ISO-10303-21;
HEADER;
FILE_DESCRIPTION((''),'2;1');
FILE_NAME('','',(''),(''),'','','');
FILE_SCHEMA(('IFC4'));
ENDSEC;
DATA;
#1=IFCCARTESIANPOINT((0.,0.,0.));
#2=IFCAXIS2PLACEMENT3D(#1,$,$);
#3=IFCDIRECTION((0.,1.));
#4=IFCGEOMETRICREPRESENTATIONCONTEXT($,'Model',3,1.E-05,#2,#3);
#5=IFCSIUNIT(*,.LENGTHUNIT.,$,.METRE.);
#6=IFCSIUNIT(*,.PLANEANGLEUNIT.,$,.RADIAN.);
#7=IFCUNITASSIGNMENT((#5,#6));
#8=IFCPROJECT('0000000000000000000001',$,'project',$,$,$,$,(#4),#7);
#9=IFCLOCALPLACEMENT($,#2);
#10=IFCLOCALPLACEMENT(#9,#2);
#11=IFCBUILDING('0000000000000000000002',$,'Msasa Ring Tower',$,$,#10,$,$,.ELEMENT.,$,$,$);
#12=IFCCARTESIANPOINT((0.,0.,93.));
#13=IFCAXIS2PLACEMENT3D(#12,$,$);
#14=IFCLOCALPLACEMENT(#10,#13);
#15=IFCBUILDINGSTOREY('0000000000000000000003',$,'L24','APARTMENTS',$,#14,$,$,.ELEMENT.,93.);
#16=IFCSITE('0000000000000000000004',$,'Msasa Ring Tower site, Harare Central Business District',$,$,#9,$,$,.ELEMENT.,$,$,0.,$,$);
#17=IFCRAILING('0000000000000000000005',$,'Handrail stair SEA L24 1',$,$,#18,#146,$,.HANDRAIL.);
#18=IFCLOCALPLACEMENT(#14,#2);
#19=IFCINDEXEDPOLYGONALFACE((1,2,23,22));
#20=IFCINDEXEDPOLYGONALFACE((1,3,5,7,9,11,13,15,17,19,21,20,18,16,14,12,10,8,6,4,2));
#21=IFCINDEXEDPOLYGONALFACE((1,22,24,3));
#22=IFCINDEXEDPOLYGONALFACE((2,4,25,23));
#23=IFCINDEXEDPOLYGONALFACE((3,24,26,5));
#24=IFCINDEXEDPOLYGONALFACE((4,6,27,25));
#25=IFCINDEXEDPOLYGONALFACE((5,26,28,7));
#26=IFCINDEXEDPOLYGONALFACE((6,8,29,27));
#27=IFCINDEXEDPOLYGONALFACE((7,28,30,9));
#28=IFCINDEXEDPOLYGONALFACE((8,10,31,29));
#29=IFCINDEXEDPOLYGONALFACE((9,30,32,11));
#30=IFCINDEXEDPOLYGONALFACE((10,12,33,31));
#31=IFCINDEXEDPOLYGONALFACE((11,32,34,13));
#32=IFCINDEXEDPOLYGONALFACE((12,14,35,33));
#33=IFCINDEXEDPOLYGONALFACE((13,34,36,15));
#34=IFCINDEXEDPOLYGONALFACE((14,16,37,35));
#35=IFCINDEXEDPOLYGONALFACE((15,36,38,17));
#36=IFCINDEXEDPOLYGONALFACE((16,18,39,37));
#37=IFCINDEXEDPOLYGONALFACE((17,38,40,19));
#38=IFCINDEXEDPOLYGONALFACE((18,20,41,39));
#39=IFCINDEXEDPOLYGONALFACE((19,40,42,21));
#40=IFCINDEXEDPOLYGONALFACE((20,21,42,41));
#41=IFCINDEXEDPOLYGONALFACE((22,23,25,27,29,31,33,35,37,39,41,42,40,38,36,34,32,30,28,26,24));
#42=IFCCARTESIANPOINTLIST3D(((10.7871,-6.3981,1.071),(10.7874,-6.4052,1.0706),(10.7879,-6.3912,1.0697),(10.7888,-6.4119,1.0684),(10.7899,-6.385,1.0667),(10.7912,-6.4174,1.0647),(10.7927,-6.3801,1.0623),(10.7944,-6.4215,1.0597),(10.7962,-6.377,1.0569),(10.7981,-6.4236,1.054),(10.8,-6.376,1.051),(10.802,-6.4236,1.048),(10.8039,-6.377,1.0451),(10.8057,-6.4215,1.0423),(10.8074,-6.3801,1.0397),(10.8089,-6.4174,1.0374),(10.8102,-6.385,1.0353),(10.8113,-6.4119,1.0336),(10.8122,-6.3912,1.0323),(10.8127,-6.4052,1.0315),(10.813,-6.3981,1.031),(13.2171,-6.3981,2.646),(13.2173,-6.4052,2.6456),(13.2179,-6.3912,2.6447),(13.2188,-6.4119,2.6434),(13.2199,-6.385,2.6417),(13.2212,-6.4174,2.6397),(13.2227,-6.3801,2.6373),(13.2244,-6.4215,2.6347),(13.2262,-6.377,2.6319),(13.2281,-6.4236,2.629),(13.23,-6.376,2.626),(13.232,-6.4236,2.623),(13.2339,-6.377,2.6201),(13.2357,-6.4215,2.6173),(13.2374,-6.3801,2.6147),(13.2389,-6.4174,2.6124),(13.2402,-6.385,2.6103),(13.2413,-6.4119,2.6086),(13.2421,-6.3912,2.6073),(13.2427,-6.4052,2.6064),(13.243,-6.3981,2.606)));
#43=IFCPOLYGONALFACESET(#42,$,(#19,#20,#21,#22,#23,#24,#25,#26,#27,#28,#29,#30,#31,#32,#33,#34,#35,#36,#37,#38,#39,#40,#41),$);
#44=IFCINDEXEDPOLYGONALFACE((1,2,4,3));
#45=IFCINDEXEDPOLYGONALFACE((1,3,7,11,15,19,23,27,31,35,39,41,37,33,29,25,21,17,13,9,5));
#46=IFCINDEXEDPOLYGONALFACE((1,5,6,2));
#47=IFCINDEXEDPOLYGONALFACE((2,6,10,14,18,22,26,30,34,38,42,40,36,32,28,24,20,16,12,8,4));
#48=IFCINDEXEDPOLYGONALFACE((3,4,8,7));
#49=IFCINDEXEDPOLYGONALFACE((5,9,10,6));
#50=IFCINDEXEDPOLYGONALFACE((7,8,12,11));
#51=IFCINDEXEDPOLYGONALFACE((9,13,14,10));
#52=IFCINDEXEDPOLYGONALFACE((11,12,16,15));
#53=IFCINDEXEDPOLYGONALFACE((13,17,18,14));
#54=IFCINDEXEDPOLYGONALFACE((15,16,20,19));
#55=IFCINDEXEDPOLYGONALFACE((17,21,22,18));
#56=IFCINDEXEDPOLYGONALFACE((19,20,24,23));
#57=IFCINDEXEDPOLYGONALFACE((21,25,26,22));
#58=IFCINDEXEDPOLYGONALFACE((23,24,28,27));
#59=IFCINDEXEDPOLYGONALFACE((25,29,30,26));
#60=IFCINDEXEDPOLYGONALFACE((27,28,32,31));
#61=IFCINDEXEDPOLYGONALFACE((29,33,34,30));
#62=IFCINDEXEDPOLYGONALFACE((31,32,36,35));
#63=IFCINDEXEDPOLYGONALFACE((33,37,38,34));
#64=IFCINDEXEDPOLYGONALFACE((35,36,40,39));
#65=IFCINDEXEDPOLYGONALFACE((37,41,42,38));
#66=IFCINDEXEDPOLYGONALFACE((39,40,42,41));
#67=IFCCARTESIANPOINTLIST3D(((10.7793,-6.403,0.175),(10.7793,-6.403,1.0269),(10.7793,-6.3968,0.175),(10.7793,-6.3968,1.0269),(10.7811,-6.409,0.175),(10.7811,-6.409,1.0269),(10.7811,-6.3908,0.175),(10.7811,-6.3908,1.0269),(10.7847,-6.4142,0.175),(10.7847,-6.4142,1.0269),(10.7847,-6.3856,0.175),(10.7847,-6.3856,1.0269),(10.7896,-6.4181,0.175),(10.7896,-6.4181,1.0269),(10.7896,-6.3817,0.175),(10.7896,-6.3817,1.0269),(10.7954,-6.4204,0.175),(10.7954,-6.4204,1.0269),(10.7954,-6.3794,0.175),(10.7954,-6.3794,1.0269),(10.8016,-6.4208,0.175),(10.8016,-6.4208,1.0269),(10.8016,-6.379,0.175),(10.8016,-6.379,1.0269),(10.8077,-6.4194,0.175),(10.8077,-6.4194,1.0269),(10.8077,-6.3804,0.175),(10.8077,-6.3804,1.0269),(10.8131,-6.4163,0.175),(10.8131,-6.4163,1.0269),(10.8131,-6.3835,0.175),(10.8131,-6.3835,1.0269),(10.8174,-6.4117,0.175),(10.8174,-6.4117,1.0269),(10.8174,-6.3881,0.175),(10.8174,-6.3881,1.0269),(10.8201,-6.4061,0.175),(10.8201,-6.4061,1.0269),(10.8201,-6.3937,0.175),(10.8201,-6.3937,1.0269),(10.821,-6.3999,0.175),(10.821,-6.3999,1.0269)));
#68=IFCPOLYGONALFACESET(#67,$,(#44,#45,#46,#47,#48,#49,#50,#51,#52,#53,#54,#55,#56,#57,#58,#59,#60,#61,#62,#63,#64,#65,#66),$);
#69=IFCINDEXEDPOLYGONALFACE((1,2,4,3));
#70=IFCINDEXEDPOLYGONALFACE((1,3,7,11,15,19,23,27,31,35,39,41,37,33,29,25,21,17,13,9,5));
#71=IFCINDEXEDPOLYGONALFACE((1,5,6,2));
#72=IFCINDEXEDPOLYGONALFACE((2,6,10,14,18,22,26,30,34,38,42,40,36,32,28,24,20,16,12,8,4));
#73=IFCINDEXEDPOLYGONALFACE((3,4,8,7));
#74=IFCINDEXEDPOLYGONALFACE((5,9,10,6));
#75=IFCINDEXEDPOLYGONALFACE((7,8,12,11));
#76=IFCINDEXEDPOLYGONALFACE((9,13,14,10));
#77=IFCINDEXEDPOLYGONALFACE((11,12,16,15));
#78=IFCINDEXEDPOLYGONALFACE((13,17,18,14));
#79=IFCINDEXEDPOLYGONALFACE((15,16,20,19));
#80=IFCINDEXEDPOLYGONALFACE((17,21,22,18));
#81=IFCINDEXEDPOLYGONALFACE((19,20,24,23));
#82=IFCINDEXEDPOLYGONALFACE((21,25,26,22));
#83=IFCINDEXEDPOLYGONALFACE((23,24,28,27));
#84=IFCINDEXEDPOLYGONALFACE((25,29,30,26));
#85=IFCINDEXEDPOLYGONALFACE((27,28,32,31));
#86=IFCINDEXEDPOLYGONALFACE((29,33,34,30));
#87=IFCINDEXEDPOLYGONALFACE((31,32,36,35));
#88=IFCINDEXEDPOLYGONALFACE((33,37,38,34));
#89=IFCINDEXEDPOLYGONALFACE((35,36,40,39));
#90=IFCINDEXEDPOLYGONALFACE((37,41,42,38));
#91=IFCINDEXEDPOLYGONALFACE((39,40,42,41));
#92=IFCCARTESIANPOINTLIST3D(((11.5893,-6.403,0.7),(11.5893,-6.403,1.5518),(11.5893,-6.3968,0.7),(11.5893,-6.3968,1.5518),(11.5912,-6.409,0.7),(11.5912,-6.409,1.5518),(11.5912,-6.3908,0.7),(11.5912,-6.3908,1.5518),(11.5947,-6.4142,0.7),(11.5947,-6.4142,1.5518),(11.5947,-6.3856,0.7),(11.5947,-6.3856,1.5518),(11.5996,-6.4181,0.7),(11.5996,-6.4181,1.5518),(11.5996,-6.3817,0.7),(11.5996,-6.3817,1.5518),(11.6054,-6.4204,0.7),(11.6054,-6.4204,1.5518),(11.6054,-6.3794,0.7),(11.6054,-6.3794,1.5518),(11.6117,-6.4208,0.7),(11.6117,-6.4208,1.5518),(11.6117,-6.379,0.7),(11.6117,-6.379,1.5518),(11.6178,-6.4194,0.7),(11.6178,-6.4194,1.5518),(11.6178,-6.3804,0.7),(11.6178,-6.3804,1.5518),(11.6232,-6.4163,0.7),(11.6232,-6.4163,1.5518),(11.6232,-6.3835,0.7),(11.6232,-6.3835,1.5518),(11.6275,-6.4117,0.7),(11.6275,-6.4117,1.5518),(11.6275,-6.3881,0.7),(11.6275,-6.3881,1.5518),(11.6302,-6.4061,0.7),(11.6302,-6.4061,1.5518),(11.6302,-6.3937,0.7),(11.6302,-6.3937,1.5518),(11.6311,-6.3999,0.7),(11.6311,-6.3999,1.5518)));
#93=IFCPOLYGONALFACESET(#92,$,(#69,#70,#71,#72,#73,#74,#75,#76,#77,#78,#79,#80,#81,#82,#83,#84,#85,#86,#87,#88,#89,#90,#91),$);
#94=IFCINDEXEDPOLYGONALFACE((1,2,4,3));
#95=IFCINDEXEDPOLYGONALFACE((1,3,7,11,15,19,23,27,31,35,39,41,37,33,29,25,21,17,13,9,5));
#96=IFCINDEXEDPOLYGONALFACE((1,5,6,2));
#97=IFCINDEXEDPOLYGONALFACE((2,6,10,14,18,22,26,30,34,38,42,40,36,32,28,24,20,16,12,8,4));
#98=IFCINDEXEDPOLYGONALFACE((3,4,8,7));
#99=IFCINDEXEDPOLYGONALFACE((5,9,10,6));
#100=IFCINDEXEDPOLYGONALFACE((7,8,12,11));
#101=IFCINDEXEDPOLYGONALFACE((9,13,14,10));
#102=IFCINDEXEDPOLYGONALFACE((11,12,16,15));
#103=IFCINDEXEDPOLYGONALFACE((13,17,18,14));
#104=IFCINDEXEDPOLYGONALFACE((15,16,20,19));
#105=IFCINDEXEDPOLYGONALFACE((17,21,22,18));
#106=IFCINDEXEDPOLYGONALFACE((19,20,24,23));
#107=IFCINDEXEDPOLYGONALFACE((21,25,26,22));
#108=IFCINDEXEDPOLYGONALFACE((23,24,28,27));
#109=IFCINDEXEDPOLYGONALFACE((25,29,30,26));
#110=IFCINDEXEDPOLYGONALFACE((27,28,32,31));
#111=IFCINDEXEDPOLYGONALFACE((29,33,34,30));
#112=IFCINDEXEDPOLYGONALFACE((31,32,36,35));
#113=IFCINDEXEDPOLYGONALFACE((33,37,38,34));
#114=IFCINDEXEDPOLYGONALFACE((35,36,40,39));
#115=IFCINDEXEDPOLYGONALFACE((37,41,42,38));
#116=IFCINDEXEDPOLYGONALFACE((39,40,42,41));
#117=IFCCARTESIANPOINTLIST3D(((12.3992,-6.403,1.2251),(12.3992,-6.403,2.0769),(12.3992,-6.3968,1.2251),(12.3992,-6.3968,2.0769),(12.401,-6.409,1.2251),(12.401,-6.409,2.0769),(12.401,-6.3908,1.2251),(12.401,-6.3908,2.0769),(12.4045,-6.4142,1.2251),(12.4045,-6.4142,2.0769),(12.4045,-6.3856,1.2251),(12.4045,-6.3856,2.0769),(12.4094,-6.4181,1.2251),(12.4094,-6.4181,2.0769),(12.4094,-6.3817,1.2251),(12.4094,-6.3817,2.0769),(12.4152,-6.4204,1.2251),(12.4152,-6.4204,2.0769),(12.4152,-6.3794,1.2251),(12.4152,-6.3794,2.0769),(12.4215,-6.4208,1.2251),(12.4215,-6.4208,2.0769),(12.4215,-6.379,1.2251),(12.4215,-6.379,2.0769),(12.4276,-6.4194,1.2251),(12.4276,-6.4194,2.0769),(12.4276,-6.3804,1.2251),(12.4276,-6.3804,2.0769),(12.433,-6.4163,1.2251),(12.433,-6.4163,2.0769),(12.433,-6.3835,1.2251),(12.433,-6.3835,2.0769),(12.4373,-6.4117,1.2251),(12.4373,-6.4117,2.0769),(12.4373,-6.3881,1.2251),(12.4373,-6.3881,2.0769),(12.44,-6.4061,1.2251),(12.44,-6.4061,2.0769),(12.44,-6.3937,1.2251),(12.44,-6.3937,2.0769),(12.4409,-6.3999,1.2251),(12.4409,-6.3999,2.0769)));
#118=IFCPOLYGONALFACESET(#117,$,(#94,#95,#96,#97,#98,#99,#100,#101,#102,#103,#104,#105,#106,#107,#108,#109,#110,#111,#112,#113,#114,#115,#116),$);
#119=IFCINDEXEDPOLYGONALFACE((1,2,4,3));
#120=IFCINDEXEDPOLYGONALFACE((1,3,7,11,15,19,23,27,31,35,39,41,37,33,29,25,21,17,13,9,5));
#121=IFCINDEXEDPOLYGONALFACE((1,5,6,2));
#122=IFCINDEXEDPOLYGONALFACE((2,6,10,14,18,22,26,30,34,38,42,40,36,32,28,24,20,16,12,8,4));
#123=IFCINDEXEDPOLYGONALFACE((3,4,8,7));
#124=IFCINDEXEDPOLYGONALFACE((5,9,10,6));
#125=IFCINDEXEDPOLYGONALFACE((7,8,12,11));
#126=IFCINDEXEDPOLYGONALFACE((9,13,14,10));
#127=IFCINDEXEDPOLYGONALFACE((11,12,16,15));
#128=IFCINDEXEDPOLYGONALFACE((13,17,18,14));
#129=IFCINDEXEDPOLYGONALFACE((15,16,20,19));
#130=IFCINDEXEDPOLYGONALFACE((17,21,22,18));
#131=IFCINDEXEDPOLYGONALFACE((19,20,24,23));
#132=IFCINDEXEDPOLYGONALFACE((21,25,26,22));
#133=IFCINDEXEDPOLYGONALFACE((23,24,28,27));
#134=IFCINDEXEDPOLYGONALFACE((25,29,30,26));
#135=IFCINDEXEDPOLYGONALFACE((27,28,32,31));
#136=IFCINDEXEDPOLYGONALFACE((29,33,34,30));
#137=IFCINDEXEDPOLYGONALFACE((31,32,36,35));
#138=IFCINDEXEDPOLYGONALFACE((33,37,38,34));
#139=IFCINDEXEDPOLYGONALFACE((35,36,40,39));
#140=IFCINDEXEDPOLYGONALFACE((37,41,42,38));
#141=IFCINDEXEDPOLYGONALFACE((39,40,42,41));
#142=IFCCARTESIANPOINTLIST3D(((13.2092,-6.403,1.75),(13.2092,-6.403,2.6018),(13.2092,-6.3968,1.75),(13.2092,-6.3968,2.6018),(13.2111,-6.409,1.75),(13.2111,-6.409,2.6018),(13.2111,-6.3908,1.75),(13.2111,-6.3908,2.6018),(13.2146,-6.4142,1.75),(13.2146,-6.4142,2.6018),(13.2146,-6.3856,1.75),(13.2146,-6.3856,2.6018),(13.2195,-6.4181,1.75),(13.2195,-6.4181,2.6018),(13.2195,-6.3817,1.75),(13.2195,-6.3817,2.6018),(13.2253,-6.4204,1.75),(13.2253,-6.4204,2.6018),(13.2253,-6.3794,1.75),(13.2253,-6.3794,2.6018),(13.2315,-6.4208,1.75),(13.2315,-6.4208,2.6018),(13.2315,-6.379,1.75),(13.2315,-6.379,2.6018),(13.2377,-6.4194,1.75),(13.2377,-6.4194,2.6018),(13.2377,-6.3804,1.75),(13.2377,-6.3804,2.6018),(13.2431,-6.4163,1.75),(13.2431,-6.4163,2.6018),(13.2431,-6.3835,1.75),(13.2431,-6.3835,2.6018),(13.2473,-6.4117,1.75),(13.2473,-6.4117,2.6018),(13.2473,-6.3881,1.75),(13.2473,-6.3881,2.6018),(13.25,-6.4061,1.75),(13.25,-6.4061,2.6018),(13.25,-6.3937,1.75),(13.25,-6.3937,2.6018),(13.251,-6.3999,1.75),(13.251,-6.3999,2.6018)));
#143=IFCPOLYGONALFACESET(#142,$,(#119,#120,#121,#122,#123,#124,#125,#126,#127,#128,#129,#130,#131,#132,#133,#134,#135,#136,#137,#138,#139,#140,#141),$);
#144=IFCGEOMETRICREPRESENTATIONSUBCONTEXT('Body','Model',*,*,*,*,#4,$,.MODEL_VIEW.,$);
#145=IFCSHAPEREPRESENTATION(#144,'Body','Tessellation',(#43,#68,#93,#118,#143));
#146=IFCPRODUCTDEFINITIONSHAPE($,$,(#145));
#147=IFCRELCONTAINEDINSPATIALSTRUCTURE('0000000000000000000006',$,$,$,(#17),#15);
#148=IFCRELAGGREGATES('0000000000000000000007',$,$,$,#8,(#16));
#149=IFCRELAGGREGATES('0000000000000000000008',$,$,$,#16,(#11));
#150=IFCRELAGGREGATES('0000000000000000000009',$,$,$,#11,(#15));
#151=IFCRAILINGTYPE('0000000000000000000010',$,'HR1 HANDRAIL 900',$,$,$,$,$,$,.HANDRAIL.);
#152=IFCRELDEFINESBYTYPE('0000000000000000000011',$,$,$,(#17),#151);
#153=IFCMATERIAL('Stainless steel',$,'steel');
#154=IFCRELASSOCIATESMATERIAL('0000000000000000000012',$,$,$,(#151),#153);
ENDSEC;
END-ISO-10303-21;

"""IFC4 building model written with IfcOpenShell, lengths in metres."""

from ifc_helpers import new_model, si_unit, direction, frame, origin, origin_2d, place, context, subcontext, project, spatial, circle, extrude, material, type_object, element, save


model = new_model("IFC4")

# Units and contexts
model_context = context("Model", 3, precision=1e-05, world=origin(), true_north=direction((0.0, 1.0)))
body_context = subcontext(model_context, "Body", "Model", "MODEL_VIEW")
ifc_project = project(units=[si_unit("LENGTHUNIT", "METRE"), si_unit("PLANEANGLEUNIT", "RADIAN")], contexts=[model_context])

# Site, building, storey
site_placement = place(None, origin())
site = spatial("IfcSite", under=ifc_project, at=site_placement, Name="Msasa Ring Tower site, Harare Central Business District", CompositionType="ELEMENT", RefElevation=0.0)
building_placement = place(site_placement, origin())
building = spatial("IfcBuilding", under=site, at=building_placement, Name="Msasa Ring Tower", CompositionType="ELEMENT")
storey_placement = place(building_placement, frame((0.0, 0.0, 93.0)))
storey = spatial("IfcBuildingStorey", under=building, at=storey_placement, Name="L24", Description="APARTMENTS", CompositionType="ELEMENT", Elevation=93.0)

# Railing
ifc_material_1 = material(Name="Stainless steel", Category="steel")
railing_type = type_object("IfcRailingType", Name="HR1 HANDRAIL 900", PredefinedType="HANDRAIL", material=ifc_material_1)
for number, where, name in (
    (1, (10.8, -6.3999, 0.175), "Handrail stair SEA L24 1"),
):
    element("IfcRailing", number, at=place(storey_placement, frame(where)), inside=storey, type_object=railing_type, Name=name, PredefinedType="HANDRAIL", context=body_context, shape_type="SweptSolid", body=[
        extrude(circle(Radius=0.0239, at=origin_2d()), frame((0.0, 0.0, 0.876), z_axis=(0.839154, 0.0, 0.543894), x_axis=(0.0, 1.0, 0.0)), (0.0, 0.0, 1.0), 2.8958),
        extrude(circle(Radius=0.021, at=origin_2d()), origin(), (0.0, 0.0, 1.0), 0.8518),
        extrude(circle(Radius=0.021, at=origin_2d()), frame((0.8101, 0.0, 0.5249)), (0.0, 0.0, 1.0), 0.8518),
        extrude(circle(Radius=0.021, at=origin_2d()), frame((1.6199, 0.0, 1.05)), (0.0, 0.0, 1.0), 0.8518),
        extrude(circle(Radius=0.021, at=origin_2d()), frame((2.4299, 0.0, 1.575)), (0.0, 0.0, 1.0), 0.8518),
    ])

save(model, "model.ifc")
